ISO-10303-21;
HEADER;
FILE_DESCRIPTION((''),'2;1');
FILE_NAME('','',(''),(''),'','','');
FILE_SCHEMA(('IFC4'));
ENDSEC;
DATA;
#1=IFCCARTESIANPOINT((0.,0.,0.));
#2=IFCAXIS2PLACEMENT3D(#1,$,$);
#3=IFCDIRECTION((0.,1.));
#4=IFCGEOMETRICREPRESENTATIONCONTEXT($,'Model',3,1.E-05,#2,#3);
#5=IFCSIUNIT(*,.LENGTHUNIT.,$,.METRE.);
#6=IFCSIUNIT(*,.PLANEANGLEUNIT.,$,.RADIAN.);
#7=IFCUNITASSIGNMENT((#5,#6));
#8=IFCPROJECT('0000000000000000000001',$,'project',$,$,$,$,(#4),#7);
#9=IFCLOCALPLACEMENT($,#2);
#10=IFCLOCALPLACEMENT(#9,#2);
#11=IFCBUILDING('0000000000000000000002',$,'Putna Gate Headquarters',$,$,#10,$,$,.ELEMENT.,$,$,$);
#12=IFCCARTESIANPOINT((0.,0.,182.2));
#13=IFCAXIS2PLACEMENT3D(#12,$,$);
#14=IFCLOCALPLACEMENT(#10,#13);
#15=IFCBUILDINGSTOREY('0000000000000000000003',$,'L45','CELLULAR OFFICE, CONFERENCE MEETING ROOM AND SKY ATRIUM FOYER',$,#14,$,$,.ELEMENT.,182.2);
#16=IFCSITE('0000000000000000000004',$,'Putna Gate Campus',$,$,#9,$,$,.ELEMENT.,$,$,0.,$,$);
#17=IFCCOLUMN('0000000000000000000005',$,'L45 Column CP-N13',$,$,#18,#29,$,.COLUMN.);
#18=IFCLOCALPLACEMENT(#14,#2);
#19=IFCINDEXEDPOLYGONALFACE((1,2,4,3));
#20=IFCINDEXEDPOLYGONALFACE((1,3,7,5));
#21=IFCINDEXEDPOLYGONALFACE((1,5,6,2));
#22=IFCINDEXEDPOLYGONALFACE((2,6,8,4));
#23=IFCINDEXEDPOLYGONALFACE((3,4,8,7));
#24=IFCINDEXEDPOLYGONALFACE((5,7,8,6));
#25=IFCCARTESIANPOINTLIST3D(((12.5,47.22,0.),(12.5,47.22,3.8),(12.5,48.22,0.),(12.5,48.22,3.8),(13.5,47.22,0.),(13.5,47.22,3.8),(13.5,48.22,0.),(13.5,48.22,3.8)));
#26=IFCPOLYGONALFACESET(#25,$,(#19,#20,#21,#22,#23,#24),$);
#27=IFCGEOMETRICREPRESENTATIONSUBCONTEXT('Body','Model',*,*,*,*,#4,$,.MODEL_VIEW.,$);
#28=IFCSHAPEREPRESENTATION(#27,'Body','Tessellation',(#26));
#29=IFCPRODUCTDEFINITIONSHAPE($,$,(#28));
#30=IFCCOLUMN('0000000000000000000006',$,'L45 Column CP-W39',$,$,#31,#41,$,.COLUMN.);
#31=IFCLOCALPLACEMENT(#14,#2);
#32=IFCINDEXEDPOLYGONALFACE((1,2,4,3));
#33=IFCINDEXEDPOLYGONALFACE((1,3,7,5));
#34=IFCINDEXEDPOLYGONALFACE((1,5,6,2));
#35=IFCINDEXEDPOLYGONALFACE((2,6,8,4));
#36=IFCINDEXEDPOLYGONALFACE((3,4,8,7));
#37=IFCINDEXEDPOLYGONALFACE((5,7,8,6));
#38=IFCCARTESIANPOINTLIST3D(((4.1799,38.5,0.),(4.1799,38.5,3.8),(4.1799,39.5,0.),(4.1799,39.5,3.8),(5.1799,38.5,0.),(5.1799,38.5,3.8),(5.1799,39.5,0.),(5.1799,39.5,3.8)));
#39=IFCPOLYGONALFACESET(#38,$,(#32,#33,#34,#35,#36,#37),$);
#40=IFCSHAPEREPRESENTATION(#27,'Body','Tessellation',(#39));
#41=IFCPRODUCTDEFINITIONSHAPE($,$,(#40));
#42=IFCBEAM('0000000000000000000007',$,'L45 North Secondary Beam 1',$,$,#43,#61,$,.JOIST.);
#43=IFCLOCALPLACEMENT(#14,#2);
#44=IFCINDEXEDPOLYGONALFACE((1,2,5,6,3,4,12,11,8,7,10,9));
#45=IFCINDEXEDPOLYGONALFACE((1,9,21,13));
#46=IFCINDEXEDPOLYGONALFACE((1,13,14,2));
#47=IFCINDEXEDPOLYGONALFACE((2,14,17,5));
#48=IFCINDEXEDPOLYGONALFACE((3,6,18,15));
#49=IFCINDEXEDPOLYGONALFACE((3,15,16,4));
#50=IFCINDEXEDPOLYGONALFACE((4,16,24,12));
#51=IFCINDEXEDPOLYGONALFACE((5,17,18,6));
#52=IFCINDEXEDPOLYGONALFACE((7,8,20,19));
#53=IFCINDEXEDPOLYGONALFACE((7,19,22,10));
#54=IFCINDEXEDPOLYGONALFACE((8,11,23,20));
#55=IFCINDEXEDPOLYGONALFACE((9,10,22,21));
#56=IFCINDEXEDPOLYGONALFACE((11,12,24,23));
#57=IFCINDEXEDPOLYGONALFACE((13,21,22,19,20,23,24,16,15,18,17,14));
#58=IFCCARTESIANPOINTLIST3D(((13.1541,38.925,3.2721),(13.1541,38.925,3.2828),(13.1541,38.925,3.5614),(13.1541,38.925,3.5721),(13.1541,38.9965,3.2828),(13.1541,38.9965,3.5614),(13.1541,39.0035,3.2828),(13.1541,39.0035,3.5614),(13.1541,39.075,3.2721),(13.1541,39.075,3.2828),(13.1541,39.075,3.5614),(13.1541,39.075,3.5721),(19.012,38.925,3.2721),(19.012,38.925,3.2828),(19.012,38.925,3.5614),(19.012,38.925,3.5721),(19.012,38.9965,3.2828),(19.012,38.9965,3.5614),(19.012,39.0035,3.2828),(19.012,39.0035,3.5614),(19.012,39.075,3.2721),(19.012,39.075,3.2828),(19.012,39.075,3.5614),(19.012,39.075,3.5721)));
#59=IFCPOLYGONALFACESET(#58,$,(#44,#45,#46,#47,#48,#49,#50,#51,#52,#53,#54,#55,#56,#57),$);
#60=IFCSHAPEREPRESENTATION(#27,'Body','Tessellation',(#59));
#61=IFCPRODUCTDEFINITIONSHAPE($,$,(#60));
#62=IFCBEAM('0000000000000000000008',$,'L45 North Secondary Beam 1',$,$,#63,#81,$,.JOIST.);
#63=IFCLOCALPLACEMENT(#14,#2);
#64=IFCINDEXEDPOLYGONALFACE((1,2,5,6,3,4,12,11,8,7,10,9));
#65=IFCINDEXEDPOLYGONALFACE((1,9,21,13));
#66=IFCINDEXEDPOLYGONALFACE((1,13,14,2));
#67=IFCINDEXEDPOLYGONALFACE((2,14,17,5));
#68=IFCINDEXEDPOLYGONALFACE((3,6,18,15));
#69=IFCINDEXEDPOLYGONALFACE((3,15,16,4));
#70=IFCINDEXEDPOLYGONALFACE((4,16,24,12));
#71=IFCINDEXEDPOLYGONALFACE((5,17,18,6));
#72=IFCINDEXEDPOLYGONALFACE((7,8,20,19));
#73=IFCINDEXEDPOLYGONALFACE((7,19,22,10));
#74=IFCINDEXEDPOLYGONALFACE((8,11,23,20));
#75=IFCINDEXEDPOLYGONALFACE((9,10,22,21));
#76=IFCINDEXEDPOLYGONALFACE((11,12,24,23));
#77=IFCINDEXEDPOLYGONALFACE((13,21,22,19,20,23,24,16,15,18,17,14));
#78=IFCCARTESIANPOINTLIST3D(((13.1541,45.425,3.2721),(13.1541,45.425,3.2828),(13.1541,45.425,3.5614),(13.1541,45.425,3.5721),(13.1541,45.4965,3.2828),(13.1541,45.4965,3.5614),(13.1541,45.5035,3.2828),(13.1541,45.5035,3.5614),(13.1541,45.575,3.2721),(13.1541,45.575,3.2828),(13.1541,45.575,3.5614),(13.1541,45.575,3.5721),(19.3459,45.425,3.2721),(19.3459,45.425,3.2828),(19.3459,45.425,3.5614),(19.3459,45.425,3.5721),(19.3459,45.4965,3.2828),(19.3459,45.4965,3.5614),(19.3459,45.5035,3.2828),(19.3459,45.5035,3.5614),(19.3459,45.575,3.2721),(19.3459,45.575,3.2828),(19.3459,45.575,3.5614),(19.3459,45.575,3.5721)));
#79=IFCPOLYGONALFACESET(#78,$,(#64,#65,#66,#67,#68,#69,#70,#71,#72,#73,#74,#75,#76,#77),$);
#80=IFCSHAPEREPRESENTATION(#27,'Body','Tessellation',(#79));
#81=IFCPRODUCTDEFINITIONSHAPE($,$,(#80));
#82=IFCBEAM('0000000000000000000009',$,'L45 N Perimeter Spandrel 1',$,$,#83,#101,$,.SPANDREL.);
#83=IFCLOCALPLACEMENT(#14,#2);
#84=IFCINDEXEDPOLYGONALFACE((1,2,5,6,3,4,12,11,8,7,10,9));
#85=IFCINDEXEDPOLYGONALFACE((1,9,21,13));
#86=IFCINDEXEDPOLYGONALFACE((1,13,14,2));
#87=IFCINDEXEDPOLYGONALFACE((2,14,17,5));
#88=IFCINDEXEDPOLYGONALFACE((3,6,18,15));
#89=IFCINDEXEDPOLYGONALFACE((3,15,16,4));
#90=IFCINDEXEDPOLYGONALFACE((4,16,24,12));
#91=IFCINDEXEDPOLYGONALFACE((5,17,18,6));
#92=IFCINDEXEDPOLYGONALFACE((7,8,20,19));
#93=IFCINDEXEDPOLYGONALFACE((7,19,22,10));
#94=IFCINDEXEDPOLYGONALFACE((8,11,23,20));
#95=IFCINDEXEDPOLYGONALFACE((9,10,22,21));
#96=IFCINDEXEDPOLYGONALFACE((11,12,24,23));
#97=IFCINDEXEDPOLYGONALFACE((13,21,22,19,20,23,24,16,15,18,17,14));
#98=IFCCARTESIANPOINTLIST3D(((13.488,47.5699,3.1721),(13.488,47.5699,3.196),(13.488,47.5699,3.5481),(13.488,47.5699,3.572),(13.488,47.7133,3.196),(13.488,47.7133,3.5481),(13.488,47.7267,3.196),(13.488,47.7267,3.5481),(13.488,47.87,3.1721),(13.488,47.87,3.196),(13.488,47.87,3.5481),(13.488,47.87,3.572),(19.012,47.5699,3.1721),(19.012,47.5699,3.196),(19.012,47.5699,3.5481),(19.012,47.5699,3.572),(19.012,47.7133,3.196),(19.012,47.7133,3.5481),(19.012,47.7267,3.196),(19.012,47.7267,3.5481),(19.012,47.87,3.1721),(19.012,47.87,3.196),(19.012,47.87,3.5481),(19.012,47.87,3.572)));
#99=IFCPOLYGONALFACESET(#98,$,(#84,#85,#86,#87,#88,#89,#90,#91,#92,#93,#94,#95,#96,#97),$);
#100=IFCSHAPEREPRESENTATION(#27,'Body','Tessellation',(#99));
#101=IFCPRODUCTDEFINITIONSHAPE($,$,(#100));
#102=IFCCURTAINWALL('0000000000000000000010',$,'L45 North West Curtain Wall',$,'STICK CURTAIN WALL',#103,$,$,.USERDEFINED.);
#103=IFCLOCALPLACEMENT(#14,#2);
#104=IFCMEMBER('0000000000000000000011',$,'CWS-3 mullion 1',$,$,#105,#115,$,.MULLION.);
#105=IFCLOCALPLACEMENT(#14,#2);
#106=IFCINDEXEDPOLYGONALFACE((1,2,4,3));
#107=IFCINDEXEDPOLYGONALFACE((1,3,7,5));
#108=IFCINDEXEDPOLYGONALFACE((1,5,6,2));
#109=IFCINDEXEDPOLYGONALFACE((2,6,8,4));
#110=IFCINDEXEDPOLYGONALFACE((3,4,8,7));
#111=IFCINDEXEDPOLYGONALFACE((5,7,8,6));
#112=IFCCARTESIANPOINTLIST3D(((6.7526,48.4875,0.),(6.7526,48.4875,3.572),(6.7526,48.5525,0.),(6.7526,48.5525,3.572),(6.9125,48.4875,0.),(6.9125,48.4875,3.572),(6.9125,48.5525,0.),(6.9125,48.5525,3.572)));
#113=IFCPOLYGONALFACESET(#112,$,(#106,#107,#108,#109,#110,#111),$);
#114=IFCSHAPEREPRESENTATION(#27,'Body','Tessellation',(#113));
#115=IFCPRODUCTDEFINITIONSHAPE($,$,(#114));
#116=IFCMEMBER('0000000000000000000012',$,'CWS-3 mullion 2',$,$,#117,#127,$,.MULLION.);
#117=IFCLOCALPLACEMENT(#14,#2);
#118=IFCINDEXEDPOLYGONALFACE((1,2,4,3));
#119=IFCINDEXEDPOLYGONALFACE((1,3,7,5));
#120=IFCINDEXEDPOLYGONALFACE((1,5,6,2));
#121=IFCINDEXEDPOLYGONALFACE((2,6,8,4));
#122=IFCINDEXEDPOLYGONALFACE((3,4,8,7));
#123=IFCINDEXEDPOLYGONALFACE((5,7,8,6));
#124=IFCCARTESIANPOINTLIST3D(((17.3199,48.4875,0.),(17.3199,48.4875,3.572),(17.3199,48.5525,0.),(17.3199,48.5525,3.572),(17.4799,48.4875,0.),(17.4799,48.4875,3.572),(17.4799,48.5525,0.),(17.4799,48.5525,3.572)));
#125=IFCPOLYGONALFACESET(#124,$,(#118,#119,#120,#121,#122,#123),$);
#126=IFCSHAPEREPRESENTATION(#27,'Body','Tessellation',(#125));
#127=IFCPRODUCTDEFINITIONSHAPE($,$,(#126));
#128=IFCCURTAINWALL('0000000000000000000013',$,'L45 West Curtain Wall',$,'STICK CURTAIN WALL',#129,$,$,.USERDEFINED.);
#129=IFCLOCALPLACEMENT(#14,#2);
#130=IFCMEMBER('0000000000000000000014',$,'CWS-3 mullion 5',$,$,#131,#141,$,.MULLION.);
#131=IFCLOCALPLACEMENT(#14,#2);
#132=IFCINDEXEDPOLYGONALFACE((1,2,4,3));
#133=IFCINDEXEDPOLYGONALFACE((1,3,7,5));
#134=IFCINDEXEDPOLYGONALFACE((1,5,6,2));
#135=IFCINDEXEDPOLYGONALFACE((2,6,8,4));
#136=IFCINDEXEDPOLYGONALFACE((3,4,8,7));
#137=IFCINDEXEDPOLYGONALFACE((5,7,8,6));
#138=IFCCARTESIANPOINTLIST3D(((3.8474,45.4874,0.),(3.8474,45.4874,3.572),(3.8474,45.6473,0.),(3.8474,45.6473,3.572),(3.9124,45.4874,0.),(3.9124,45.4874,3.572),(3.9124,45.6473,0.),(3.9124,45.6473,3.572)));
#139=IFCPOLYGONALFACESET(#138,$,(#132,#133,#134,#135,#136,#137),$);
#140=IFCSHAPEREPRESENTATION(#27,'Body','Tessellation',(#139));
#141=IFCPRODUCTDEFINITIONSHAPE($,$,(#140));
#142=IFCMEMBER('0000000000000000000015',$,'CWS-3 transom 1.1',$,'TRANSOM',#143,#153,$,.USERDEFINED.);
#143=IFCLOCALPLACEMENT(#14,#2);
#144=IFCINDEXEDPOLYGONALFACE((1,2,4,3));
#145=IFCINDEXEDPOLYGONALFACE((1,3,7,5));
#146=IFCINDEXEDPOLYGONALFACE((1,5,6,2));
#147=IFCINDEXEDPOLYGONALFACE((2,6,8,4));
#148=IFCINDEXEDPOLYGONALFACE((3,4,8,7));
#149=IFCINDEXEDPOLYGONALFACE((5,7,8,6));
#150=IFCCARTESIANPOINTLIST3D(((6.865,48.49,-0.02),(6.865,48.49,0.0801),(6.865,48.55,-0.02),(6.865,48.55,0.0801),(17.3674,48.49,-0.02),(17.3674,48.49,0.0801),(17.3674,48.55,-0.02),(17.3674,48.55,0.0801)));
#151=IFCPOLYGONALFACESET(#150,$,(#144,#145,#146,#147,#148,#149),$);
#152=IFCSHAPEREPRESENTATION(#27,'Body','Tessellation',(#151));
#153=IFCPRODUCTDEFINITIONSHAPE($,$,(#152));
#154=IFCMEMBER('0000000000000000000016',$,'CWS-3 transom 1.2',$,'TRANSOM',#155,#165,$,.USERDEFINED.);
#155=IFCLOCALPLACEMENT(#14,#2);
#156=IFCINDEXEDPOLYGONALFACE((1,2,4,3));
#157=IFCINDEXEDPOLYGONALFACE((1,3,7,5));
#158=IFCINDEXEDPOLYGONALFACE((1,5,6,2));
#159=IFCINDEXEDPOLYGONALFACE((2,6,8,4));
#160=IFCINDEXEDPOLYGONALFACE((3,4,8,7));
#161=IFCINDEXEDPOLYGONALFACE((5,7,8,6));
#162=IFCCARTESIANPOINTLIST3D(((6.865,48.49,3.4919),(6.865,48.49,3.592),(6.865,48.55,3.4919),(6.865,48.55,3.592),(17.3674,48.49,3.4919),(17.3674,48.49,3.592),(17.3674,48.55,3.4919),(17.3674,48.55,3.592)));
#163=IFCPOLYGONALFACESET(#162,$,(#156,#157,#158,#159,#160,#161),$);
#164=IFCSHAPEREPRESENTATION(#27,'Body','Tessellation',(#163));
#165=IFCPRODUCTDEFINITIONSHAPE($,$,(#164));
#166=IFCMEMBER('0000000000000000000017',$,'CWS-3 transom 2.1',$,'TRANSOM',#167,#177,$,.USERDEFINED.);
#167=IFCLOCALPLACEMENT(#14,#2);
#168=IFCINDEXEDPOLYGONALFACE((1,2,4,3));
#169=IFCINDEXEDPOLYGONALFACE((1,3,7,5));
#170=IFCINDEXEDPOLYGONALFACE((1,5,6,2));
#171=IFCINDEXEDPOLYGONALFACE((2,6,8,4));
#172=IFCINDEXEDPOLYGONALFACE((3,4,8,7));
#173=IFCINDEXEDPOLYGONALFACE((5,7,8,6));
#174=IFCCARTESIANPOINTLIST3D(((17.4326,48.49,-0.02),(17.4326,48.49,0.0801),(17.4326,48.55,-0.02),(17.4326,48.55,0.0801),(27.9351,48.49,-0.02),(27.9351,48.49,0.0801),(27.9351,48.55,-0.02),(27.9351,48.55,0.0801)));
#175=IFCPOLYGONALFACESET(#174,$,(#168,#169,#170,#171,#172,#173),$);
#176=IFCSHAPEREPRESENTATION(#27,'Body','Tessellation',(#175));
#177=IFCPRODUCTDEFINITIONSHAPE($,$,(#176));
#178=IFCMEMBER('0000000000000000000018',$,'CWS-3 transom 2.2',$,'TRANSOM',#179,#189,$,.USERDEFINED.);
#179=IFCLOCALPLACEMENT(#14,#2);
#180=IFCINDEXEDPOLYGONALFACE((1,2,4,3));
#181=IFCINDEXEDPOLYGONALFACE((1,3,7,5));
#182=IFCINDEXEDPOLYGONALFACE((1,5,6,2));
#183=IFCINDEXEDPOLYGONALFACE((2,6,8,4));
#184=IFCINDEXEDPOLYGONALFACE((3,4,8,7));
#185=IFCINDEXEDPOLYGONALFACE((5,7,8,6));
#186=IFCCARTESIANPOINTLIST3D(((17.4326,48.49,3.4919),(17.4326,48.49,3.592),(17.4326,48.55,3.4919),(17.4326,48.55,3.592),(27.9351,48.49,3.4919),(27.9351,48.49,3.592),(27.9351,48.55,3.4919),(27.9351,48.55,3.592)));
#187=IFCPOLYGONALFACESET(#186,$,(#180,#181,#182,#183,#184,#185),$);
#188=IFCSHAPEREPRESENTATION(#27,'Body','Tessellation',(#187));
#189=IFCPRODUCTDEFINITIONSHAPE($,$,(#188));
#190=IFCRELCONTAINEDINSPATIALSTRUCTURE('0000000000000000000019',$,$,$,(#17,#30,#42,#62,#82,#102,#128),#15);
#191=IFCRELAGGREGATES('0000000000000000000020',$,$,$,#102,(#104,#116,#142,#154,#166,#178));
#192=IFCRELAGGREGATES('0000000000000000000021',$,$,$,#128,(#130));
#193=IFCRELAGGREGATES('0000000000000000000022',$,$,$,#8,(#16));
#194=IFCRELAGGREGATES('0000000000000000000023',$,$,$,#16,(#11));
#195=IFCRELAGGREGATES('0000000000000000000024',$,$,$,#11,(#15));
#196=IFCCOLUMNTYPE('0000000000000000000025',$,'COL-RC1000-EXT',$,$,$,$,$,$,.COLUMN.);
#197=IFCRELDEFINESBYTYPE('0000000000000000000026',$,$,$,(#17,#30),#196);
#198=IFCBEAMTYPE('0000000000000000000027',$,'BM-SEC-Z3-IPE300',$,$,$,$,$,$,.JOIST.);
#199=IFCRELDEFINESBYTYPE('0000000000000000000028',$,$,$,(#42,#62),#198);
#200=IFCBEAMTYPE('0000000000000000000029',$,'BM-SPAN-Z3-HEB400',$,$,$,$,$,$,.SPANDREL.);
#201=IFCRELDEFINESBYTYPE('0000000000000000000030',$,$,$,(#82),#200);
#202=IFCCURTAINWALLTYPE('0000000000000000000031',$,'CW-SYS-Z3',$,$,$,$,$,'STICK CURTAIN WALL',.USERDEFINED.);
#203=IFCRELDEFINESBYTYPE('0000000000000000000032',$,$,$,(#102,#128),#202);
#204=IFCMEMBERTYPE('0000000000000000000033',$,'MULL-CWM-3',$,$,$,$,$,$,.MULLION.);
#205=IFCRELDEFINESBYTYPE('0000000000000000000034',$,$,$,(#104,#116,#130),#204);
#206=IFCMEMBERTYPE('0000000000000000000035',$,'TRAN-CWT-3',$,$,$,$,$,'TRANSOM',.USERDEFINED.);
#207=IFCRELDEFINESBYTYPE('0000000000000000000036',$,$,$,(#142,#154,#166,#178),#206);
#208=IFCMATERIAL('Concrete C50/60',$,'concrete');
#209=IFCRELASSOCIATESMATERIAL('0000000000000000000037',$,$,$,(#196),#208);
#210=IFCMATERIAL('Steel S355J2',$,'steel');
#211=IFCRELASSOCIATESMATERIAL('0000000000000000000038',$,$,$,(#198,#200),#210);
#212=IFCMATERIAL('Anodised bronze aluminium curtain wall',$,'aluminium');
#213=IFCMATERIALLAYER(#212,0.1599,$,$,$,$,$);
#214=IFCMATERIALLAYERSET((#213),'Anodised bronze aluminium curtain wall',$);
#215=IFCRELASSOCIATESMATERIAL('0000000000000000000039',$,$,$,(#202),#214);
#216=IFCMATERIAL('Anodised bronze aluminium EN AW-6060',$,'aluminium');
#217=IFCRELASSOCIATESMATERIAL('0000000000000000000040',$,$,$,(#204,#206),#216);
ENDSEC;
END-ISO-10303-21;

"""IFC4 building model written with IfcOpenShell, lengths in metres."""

from ifc_helpers import new_model, si_unit, direction, frame, origin, origin_2d, place, context, subcontext, project, spatial, rectangle, i_section, extrude, material, layer, layer_set, material_profile, profile_set, type_object, element, aggregate, save


model = new_model("IFC4")

# Units and contexts
model_context = context("Model", 3, precision=1e-05, world=origin(), true_north=direction((0.0, 1.0)))
body_context = subcontext(model_context, "Body", "Model", "MODEL_VIEW")
ifc_project = project(units=[si_unit("LENGTHUNIT", "METRE"), si_unit("PLANEANGLEUNIT", "RADIAN")], contexts=[model_context])

# Site, building, storey
site_placement = place(None, origin())
site = spatial("IfcSite", under=ifc_project, at=site_placement, Name="Putna Gate Campus", CompositionType="ELEMENT", RefElevation=0.0)
building_placement = place(site_placement, origin())
building = spatial("IfcBuilding", under=site, at=building_placement, Name="Putna Gate Headquarters", CompositionType="ELEMENT")
storey_placement = place(building_placement, frame((0.0, 0.0, 182.2)))
storey = spatial("IfcBuildingStorey", under=building, at=storey_placement, Name="L45", Description="CELLULAR OFFICE, CONFERENCE MEETING ROOM AND SKY ATRIUM FOYER", CompositionType="ELEMENT", Elevation=182.2)

# Columns
ifc_material_1 = material(Name="Concrete C50/60", Category="concrete")
ifc_material_profile_1 = material_profile(ifc_material_1, rectangle(XDim=1.0, YDim=1.0, at=origin_2d()), Name="Concrete C50/60")
ifc_profile_set_1 = profile_set([ifc_material_profile_1], Name="Concrete C50/60")
column_type = type_object("IfcColumnType", Name="COL-RC1000-EXT", PredefinedType="COLUMN", material=ifc_profile_set_1)
for number, where, z_axis, x_axis, name in (
    (1, (13.0, 47.72, 0.0), (0.0, 0.0, 1.0), (1.0, 0.0, 0.0), "L45 Column CP-N13"),
    (2, (4.6799, 39.0, 0.0), (0.0, 0.0, 1.0), (1.0, 0.0, 0.0), "L45 Column CP-W39"),
):
    element("IfcColumn", number, at=place(storey_placement, frame(where, z_axis=z_axis, x_axis=x_axis)), inside=storey, type_object=column_type, Name=name, PredefinedType="COLUMN", context=body_context, shape_type="SweptSolid", body=[
        extrude(rectangle(XDim=1.0, YDim=1.0, at=origin_2d()), origin(), (0.0, 0.0, 1.0), 3.8),
    ])

# Beams
ifc_material_2 = material(Name="Steel S355J2", Category="steel")
ifc_material_profile_2 = material_profile(ifc_material_2, i_section(OverallWidth=0.1499, OverallDepth=0.3, WebThickness=0.0071, FlangeThickness=0.0107, at=origin_2d()), Name="Steel S355J2")
ifc_profile_set_2 = profile_set([ifc_material_profile_2], Name="Steel S355J2")
beam_type_1 = type_object("IfcBeamType", Name="BM-SEC-Z3-IPE300", PredefinedType="JOIST", material=ifc_profile_set_2)
beam_1_placement = place(storey_placement, frame((13.1541, 39.0, 3.4221), z_axis=(1.0, 0.0, 0.0), x_axis=(0.0, 1.0, 0.0)))
element("IfcBeam", 3, at=beam_1_placement, inside=storey, type_object=beam_type_1, Name="L45 North Secondary Beam 1", PredefinedType="JOIST", context=body_context, shape_type="SweptSolid", body=[
    extrude(i_section(OverallWidth=0.1499, OverallDepth=0.3, WebThickness=0.0071, FlangeThickness=0.0107, at=origin_2d()), origin(), (0.0, 0.0, 1.0), 5.8579),
])
beam_2_placement = place(storey_placement, frame((13.1541, 45.5, 3.4221), z_axis=(1.0, 0.0, 0.0), x_axis=(0.0, 1.0, 0.0)))
element("IfcBeam", 4, at=beam_2_placement, inside=storey, type_object=beam_type_1, Name="L45 North Secondary Beam 1", PredefinedType="JOIST", context=body_context, shape_type="SweptSolid", body=[
    extrude(i_section(OverallWidth=0.1499, OverallDepth=0.3, WebThickness=0.0071, FlangeThickness=0.0107, at=origin_2d()), origin(), (0.0, 0.0, 1.0), 6.1919),
])
ifc_material_profile_3 = material_profile(ifc_material_2, i_section(OverallWidth=0.3, OverallDepth=0.3999, WebThickness=0.0134, FlangeThickness=0.0239, at=origin_2d()), Name="Steel S355J2")
ifc_profile_set_3 = profile_set([ifc_material_profile_3], Name="Steel S355J2")
beam_type_2 = type_object("IfcBeamType", Name="BM-SPAN-Z3-HEB400", PredefinedType="SPANDREL", material=ifc_profile_set_3)
beam_3_placement = place(storey_placement, frame((13.488, 47.72, 3.3721), z_axis=(1.0, 0.0, 0.0), x_axis=(0.0, 1.0, 0.0)))
element("IfcBeam", 5, at=beam_3_placement, inside=storey, type_object=beam_type_2, Name="L45 N Perimeter Spandrel 1", PredefinedType="SPANDREL", context=body_context, shape_type="SweptSolid", body=[
    extrude(i_section(OverallWidth=0.3, OverallDepth=0.3999, WebThickness=0.0134, FlangeThickness=0.0239, at=origin_2d()), origin(), (0.0, 0.0, 1.0), 5.5239),
])

# Curtain wall, members
ifc_material_3 = material(Name="Anodised bronze aluminium curtain wall", Category="aluminium")
ifc_layer_1 = layer(ifc_material_3, 0.1599)
ifc_layer_set_1 = layer_set([ifc_layer_1], Name="Anodised bronze aluminium curtain wall")
curtain_wall_type = type_object("IfcCurtainWallType", Name="CW-SYS-Z3", ElementType="STICK CURTAIN WALL", PredefinedType="USERDEFINED", material=ifc_layer_set_1)
curtain_wall_1_placement = place(storey_placement, origin())
curtain_wall_1 = element("IfcCurtainWall", 6, at=curtain_wall_1_placement, inside=storey, type_object=curtain_wall_type, Name="L45 North West Curtain Wall", ObjectType="STICK CURTAIN WALL", PredefinedType="USERDEFINED")
ifc_material_4 = material(Name="Anodised bronze aluminium EN AW-6060", Category="aluminium")
ifc_material_profile_4 = material_profile(ifc_material_4, rectangle(XDim=0.0649, YDim=0.1599, at=origin_2d()), Name="Anodised bronze aluminium EN AW-6060")
ifc_profile_set_4 = profile_set([ifc_material_profile_4], Name="Anodised bronze aluminium EN AW-6060")
member_type_1 = type_object("IfcMemberType", Name="MULL-CWM-3", PredefinedType="MULLION", material=ifc_profile_set_4)
member_1_placement = place(storey_placement, frame((6.8325, 48.52, 0.0), z_axis=(0.0, 0.0, 1.0), x_axis=(0.0, 1.0, 0.0)))
member_1 = element("IfcMember", 7, at=member_1_placement, type_object=member_type_1, Name="CWS-3 mullion 1", PredefinedType="MULLION", context=body_context, shape_type="SweptSolid", body=[
    extrude(rectangle(XDim=0.0649, YDim=0.1599, at=origin_2d()), origin(), (0.0, 0.0, 1.0), 3.572),
])
member_2_placement = place(storey_placement, frame((17.3999, 48.52, 0.0), z_axis=(0.0, 0.0, 1.0), x_axis=(0.0, 1.0, 0.0)))
member_2 = element("IfcMember", 8, at=member_2_placement, type_object=member_type_1, Name="CWS-3 mullion 2", PredefinedType="MULLION", context=body_context, shape_type="SweptSolid", body=[
    extrude(rectangle(XDim=0.0649, YDim=0.1599, at=origin_2d()), origin(), (0.0, 0.0, 1.0), 3.572),
])

# Curtain wall, member
curtain_wall_2_placement = place(storey_placement, origin())
curtain_wall_2 = element("IfcCurtainWall", 9, at=curtain_wall_2_placement, inside=storey, type_object=curtain_wall_type, Name="L45 West Curtain Wall", ObjectType="STICK CURTAIN WALL", PredefinedType="USERDEFINED")
member_3_placement = place(storey_placement, frame((3.8799, 45.5674, 0.0), z_axis=(0.0, 0.0, 1.0), x_axis=(-1.0, 0.0, 0.0)))
member_3 = element("IfcMember", 10, at=member_3_placement, type_object=member_type_1, Name="CWS-3 mullion 5", PredefinedType="MULLION", context=body_context, shape_type="SweptSolid", body=[
    extrude(rectangle(XDim=0.0649, YDim=0.1599, at=origin_2d()), origin(), (0.0, 0.0, 1.0), 3.572),
])

# Members
ifc_material_profile_5 = material_profile(ifc_material_4, rectangle(XDim=0.0601, YDim=0.1001, at=origin_2d()), Name="Anodised bronze aluminium EN AW-6060")
ifc_profile_set_5 = profile_set([ifc_material_profile_5], Name="Anodised bronze aluminium EN AW-6060")
member_type_2 = type_object("IfcMemberType", Name="TRAN-CWT-3", ElementType="TRANSOM", PredefinedType="USERDEFINED", material=ifc_profile_set_5)
member_4_placement = place(storey_placement, frame((6.865, 48.52, 0.03), z_axis=(1.0, 0.0, 0.0), x_axis=(0.0, 1.0, 0.0)))
member_4 = element("IfcMember", 11, at=member_4_placement, type_object=member_type_2, Name="CWS-3 transom 1.1", ObjectType="TRANSOM", PredefinedType="USERDEFINED", context=body_context, shape_type="SweptSolid", body=[
    extrude(rectangle(XDim=0.0601, YDim=0.1001, at=origin_2d()), origin(), (0.0, 0.0, 1.0), 10.5024),
])
member_5_placement = place(storey_placement, frame((6.865, 48.52, 3.542), z_axis=(1.0, 0.0, 0.0), x_axis=(0.0, 1.0, 0.0)))
member_5 = element("IfcMember", 12, at=member_5_placement, type_object=member_type_2, Name="CWS-3 transom 1.2", ObjectType="TRANSOM", PredefinedType="USERDEFINED", context=body_context, shape_type="SweptSolid", body=[
    extrude(rectangle(XDim=0.0601, YDim=0.1001, at=origin_2d()), origin(), (0.0, 0.0, 1.0), 10.5024),
])
member_6_placement = place(storey_placement, frame((17.4326, 48.52, 0.03), z_axis=(1.0, 0.0, 0.0), x_axis=(0.0, 1.0, 0.0)))
member_6 = element("IfcMember", 13, at=member_6_placement, type_object=member_type_2, Name="CWS-3 transom 2.1", ObjectType="TRANSOM", PredefinedType="USERDEFINED", context=body_context, shape_type="SweptSolid", body=[
    extrude(rectangle(XDim=0.0601, YDim=0.1001, at=origin_2d()), origin(), (0.0, 0.0, 1.0), 10.5024),
])
member_7_placement = place(storey_placement, frame((17.4326, 48.52, 3.542), z_axis=(1.0, 0.0, 0.0), x_axis=(0.0, 1.0, 0.0)))
member_7 = element("IfcMember", 14, at=member_7_placement, type_object=member_type_2, Name="CWS-3 transom 2.2", ObjectType="TRANSOM", PredefinedType="USERDEFINED", context=body_context, shape_type="SweptSolid", body=[
    extrude(rectangle(XDim=0.0601, YDim=0.1001, at=origin_2d()), origin(), (0.0, 0.0, 1.0), 10.5024),
])

aggregate(curtain_wall_1, [member_1, member_2, member_4, member_5, member_6, member_7])
aggregate(curtain_wall_2, [member_3])

save(model, "model.ifc")
